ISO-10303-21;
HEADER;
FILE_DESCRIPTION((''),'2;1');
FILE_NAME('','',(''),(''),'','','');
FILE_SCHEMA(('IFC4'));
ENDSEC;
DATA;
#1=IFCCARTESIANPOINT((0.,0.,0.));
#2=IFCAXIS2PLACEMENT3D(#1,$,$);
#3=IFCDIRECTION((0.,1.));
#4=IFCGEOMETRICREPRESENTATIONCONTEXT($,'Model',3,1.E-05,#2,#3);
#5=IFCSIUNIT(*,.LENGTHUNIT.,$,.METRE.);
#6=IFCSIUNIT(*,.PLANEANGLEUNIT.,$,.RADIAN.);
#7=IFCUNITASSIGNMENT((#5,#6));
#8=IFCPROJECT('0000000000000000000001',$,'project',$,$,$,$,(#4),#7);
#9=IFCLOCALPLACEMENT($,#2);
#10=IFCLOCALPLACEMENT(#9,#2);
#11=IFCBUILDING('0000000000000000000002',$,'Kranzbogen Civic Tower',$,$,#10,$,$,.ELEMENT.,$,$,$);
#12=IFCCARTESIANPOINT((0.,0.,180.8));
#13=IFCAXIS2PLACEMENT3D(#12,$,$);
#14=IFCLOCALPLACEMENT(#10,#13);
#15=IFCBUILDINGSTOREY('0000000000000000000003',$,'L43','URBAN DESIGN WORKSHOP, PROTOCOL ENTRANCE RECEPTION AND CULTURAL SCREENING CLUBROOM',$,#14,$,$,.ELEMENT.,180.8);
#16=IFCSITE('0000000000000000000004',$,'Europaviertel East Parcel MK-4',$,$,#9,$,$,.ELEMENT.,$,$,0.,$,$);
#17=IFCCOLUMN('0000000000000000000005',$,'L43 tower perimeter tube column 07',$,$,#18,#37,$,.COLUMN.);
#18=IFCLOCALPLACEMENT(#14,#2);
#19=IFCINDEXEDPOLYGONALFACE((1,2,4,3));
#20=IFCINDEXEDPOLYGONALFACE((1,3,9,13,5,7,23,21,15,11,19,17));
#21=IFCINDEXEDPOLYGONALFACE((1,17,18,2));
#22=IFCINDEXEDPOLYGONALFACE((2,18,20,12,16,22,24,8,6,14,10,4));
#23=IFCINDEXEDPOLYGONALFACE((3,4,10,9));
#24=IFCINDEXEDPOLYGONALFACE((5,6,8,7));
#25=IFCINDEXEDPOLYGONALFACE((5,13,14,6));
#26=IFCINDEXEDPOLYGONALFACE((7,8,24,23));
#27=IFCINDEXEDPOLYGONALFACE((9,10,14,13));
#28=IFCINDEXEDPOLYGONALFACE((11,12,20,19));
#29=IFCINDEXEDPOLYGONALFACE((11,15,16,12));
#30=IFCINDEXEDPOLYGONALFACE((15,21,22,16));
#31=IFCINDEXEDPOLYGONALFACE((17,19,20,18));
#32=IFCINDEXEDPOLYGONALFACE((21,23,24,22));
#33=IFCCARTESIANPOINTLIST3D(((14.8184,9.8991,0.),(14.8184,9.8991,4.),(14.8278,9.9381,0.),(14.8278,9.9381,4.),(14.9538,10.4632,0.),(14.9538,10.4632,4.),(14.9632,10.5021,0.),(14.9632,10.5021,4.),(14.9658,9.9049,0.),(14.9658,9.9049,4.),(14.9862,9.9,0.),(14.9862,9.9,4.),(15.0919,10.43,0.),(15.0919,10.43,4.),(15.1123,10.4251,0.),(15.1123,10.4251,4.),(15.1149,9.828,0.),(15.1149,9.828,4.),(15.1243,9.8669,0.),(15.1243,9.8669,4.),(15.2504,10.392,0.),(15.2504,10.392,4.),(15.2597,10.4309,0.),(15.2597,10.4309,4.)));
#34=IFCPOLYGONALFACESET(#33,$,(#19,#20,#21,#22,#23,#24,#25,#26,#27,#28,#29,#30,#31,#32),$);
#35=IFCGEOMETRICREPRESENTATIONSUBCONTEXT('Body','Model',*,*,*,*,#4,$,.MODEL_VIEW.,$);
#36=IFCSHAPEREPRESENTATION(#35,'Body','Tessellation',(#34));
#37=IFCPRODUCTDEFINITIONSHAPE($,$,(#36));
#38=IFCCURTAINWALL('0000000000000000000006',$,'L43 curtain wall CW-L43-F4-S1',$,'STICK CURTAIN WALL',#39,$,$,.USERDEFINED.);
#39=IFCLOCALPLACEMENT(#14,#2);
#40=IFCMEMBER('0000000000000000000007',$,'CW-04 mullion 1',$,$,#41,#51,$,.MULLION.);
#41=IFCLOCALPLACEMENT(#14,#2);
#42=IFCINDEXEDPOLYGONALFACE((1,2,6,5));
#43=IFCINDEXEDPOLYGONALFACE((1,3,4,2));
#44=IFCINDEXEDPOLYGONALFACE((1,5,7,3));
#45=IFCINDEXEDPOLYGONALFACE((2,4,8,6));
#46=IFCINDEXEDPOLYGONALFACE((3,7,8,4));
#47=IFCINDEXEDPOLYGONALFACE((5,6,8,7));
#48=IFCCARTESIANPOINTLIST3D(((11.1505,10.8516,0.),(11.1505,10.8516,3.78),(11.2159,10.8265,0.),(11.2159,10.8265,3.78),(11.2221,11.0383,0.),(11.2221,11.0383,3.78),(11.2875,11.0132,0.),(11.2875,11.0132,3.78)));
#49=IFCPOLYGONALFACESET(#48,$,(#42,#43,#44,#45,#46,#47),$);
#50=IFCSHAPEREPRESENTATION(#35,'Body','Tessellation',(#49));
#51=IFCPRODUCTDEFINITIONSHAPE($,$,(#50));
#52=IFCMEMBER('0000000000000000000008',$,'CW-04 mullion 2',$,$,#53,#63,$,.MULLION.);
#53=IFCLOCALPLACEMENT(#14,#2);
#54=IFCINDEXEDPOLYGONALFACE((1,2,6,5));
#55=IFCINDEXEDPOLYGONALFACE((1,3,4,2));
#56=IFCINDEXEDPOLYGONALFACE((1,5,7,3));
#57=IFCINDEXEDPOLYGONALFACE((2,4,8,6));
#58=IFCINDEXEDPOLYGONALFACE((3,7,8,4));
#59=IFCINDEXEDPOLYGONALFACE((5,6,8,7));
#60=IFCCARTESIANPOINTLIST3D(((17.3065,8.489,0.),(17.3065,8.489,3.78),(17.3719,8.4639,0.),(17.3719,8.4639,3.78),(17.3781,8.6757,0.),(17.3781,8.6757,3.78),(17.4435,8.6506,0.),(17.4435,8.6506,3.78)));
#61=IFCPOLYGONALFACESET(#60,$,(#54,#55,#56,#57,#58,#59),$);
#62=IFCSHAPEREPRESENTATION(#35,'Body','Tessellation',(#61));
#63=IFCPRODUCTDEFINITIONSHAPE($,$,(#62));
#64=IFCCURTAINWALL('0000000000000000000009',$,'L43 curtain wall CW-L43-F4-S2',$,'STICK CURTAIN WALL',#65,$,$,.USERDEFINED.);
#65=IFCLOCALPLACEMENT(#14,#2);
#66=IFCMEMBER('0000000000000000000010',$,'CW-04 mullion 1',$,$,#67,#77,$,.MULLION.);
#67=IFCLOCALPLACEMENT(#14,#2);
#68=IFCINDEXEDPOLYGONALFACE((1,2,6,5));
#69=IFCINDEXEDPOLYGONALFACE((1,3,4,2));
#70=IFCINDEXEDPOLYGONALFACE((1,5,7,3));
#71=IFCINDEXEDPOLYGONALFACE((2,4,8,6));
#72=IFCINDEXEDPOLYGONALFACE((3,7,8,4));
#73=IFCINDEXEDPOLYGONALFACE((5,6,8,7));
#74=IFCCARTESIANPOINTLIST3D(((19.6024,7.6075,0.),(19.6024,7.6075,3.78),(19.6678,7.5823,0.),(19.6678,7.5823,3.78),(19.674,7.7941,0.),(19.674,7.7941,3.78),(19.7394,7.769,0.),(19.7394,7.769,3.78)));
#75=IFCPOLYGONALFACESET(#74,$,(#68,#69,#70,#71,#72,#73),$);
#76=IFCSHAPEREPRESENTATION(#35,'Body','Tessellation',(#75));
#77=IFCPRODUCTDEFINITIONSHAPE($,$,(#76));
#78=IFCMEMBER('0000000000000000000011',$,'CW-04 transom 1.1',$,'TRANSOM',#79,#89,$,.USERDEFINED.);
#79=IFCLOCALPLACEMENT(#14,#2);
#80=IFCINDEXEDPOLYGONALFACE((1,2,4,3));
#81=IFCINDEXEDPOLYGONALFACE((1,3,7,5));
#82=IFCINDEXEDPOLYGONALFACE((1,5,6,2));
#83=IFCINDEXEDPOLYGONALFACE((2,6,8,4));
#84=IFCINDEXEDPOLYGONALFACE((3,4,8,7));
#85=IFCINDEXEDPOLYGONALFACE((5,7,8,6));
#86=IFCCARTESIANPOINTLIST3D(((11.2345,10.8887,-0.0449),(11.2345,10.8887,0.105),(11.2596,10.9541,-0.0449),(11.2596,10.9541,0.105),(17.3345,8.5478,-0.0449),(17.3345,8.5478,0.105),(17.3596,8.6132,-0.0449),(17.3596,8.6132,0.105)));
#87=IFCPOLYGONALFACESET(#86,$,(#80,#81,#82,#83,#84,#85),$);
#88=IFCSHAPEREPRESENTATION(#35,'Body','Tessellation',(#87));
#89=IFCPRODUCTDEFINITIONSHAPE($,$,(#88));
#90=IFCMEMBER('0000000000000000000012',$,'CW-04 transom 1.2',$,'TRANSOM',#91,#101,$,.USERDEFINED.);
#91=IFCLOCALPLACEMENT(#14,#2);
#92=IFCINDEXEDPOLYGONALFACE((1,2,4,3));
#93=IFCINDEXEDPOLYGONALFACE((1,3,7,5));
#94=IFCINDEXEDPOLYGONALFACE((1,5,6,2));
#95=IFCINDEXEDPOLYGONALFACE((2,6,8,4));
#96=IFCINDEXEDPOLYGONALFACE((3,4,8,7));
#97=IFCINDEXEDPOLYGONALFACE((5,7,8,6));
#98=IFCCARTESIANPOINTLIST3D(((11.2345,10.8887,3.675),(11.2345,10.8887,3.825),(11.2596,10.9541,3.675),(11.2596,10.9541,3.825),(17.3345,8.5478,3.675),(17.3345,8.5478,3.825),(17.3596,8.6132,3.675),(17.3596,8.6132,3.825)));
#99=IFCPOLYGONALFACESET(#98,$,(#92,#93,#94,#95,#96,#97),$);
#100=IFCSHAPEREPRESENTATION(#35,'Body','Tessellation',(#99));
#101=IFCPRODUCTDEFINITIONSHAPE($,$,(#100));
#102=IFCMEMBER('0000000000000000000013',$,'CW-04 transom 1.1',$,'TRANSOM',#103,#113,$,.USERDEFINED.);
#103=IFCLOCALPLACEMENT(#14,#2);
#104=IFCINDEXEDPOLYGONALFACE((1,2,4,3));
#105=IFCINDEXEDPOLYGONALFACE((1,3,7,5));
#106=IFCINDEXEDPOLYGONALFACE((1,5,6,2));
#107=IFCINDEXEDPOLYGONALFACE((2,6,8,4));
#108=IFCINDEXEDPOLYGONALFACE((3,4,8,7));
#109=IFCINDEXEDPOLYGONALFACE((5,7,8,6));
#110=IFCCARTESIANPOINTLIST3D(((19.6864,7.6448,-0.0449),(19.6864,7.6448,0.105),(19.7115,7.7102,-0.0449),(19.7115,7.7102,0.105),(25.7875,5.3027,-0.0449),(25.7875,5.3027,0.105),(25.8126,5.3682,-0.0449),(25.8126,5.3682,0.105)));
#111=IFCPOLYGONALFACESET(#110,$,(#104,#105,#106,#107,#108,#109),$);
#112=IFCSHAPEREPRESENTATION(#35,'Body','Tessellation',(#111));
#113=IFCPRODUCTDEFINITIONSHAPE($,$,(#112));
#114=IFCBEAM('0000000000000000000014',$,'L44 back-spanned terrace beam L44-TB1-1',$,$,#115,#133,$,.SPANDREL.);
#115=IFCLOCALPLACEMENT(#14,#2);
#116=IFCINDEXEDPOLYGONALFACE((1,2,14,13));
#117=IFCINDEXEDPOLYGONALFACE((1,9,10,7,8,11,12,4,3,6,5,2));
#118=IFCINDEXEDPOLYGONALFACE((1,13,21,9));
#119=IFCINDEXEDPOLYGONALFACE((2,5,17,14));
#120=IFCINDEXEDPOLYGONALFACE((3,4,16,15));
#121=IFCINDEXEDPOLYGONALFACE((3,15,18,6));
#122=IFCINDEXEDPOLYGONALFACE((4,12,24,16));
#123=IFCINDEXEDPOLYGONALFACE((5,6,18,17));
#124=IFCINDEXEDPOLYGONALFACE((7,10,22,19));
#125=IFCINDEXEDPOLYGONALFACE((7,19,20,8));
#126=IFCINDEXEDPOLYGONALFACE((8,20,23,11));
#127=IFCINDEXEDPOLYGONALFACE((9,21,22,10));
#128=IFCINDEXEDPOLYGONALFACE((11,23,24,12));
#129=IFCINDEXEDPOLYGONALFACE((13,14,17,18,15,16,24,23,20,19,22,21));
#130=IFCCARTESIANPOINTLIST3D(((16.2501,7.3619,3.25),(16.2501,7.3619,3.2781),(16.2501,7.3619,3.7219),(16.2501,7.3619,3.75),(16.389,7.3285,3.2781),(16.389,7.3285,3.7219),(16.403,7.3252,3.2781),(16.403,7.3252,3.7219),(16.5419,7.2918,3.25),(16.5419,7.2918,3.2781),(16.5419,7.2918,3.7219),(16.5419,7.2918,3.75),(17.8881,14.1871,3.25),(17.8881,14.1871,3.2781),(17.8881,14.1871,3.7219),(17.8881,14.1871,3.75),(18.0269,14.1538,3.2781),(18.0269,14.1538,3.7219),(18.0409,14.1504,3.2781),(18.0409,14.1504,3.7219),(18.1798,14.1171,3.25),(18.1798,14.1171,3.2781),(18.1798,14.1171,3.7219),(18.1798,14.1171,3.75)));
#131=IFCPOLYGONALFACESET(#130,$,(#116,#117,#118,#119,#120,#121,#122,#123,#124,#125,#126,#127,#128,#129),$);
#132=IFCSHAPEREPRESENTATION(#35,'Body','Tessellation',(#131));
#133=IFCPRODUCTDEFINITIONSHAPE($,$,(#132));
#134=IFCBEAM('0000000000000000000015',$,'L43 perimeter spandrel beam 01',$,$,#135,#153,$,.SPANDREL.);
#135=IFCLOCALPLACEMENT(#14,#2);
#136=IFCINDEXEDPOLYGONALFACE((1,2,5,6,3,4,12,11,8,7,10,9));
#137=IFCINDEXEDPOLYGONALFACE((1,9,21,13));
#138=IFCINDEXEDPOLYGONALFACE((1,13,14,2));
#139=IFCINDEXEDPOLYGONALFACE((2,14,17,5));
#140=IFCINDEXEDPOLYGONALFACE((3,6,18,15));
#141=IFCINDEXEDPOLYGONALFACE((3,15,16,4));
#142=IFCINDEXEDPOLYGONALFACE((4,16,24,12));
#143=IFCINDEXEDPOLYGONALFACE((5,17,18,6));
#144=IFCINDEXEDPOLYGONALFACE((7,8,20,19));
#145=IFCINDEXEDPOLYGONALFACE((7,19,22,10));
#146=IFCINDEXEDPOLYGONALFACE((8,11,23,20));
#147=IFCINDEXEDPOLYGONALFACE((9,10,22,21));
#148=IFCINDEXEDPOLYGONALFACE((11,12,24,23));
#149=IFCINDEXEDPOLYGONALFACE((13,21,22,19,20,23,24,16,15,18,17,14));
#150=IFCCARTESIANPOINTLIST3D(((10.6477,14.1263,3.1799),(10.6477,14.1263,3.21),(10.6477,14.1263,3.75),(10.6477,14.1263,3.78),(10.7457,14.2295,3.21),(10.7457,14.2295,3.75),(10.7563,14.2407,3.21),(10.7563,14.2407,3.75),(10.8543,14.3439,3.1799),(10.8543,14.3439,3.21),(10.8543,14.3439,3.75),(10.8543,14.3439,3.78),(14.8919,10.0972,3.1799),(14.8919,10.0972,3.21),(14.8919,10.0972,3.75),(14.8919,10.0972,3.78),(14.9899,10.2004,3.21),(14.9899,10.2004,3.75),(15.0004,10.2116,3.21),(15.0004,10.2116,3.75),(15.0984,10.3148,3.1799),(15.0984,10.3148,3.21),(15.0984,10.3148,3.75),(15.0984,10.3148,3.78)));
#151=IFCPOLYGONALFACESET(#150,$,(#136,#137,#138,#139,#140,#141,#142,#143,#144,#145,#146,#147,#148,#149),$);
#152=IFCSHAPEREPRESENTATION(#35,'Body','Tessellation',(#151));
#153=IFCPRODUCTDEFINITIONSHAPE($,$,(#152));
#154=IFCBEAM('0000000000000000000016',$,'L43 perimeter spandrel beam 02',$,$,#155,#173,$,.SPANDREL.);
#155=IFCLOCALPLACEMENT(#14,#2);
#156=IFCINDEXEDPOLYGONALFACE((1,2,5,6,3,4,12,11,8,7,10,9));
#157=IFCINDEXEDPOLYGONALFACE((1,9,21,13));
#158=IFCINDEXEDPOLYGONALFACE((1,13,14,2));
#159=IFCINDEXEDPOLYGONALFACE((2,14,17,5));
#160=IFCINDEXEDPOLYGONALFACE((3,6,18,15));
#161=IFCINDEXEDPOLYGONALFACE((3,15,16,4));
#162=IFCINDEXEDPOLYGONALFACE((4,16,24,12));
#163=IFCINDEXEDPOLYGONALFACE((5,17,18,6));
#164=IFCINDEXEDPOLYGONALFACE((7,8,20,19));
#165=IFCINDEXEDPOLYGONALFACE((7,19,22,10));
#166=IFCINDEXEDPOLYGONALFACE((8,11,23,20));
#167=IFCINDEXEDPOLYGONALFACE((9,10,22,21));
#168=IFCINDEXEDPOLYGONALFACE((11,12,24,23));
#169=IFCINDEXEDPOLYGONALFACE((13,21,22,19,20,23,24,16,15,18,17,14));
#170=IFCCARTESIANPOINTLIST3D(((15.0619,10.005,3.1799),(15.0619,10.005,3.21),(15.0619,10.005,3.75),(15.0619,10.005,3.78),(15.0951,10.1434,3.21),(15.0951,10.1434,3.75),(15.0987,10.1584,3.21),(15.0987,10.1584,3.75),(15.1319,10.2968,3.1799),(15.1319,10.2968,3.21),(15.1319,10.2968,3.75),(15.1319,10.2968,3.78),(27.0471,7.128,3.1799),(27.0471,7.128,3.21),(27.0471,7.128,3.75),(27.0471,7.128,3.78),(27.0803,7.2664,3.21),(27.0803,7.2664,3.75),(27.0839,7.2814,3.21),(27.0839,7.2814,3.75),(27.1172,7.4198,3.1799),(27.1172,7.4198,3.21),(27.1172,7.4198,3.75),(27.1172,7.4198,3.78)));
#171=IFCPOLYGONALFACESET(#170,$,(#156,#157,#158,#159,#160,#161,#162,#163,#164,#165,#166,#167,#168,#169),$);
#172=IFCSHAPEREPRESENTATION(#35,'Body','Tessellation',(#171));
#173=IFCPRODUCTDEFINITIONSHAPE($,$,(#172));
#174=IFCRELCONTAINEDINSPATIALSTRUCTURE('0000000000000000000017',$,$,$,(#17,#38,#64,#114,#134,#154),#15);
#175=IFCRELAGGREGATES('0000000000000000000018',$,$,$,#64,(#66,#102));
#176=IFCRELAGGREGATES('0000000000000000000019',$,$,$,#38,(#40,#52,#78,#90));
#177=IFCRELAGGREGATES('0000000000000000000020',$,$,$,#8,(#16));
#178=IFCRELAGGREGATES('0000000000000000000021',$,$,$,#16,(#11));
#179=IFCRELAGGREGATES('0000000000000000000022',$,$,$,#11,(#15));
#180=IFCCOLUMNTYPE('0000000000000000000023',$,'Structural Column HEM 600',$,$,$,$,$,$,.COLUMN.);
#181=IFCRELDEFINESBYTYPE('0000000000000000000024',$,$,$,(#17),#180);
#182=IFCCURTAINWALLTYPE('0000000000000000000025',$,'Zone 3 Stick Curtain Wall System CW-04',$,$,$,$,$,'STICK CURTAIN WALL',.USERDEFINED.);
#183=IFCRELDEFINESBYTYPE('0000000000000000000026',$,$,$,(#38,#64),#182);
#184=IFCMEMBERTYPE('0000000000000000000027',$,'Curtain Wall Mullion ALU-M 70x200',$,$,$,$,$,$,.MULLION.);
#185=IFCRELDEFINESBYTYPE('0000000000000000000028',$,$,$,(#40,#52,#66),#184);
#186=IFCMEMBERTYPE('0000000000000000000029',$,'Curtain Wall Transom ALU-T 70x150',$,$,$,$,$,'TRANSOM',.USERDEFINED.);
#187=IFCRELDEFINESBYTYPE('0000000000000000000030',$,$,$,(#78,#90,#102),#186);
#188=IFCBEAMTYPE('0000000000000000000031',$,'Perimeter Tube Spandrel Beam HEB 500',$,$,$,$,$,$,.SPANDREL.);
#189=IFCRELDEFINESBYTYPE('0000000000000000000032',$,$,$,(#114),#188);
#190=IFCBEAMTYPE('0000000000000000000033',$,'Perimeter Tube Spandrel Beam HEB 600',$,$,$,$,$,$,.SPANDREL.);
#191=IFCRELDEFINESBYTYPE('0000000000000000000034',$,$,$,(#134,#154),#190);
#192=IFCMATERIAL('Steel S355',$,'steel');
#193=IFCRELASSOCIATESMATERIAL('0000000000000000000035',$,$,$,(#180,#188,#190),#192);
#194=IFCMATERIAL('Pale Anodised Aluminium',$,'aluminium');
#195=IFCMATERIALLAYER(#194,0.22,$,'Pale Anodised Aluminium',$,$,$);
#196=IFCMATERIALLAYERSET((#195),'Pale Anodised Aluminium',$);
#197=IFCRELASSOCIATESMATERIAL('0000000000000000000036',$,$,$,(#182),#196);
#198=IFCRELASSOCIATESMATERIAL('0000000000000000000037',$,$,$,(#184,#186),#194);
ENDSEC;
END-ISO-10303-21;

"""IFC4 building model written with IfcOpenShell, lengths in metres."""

from ifc_helpers import new_model, si_unit, direction, frame, origin, origin_2d, place, context, subcontext, project, spatial, rectangle, i_section, extrude, material, layer, layer_set, material_profile, profile_set, type_object, element, aggregate, save


model = new_model("IFC4")

# Units and contexts
model_context = context("Model", 3, precision=1e-05, world=origin(), true_north=direction((0.0, 1.0)))
body_context = subcontext(model_context, "Body", "Model", "MODEL_VIEW")
ifc_project = project(units=[si_unit("LENGTHUNIT", "METRE"), si_unit("PLANEANGLEUNIT", "RADIAN")], contexts=[model_context])

# Site, building, storey
site_placement = place(None, origin())
site = spatial("IfcSite", under=ifc_project, at=site_placement, Name="Europaviertel East Parcel MK-4", CompositionType="ELEMENT", RefElevation=0.0)
building_placement = place(site_placement, origin())
building = spatial("IfcBuilding", under=site, at=building_placement, Name="Kranzbogen Civic Tower", CompositionType="ELEMENT")
storey_placement = place(building_placement, frame((0.0, 0.0, 180.8)))
storey = spatial("IfcBuildingStorey", under=building, at=storey_placement, Name="L43", Description="URBAN DESIGN WORKSHOP, PROTOCOL ENTRANCE RECEPTION AND CULTURAL SCREENING CLUBROOM", CompositionType="ELEMENT", Elevation=180.8)

# Column
ifc_material_1 = material(Name="Steel S355", Category="steel")
ifc_material_profile_1 = material_profile(ifc_material_1, i_section(OverallWidth=0.3049, OverallDepth=0.6201, WebThickness=0.021, FlangeThickness=0.04, at=origin_2d()), Name="HEM 600")
ifc_profile_set_1 = profile_set([ifc_material_profile_1], Name="Steel S355")
column_type = type_object("IfcColumnType", Name="Structural Column HEM 600", PredefinedType="COLUMN", material=ifc_profile_set_1)
column_placement = place(storey_placement, frame((15.0391, 10.165, 0.0), z_axis=(0.0, 0.0, 1.0), x_axis=(-0.97237, 0.233445, 0.0)))
element("IfcColumn", 1, at=column_placement, inside=storey, type_object=column_type, Name="L43 tower perimeter tube column 07", PredefinedType="COLUMN", context=body_context, shape_type="SweptSolid", body=[
    extrude(i_section(OverallWidth=0.3049, OverallDepth=0.6201, WebThickness=0.021, FlangeThickness=0.04, at=origin_2d()), origin(), (0.0, 0.0, 1.0), 4.0),
])

# Curtain wall, members
ifc_material_2 = material(Name="Pale Anodised Aluminium", Category="aluminium")
ifc_layer_1 = layer(ifc_material_2, 0.22, Name="Pale Anodised Aluminium")
ifc_layer_set_1 = layer_set([ifc_layer_1], Name="Pale Anodised Aluminium")
curtain_wall_type = type_object("IfcCurtainWallType", Name="Zone 3 Stick Curtain Wall System CW-04", ElementType="STICK CURTAIN WALL", PredefinedType="USERDEFINED", material=ifc_layer_set_1)
curtain_wall_1_placement = place(storey_placement, origin())
curtain_wall_1 = element("IfcCurtainWall", 2, at=curtain_wall_1_placement, inside=storey, type_object=curtain_wall_type, Name="L43 curtain wall CW-L43-F4-S1", ObjectType="STICK CURTAIN WALL", PredefinedType="USERDEFINED")
ifc_material_profile_2 = material_profile(ifc_material_2, rectangle(XDim=0.0701, YDim=0.2, at=origin_2d()), Name="ALU-M 70x200")
ifc_profile_set_2 = profile_set([ifc_material_profile_2], Name="Pale Anodised Aluminium")
member_type_1 = type_object("IfcMemberType", Name="Curtain Wall Mullion ALU-M 70x200", PredefinedType="MULLION", material=ifc_profile_set_2)
member_1_placement = place(storey_placement, frame((11.219, 10.9324, 0.0), z_axis=(0.0, 0.0, 1.0), x_axis=(0.933609, -0.358294, 0.0)))
member_1 = element("IfcMember", 3, at=member_1_placement, type_object=member_type_1, Name="CW-04 mullion 1", PredefinedType="MULLION", context=body_context, shape_type="SweptSolid", body=[
    extrude(rectangle(XDim=0.0701, YDim=0.2, at=origin_2d()), origin(), (0.0, 0.0, 1.0), 3.78),
])
member_2_placement = place(storey_placement, frame((17.375, 8.5698, 0.0), z_axis=(0.0, 0.0, 1.0), x_axis=(0.933609, -0.358294, 0.0)))
member_2 = element("IfcMember", 4, at=member_2_placement, type_object=member_type_1, Name="CW-04 mullion 2", PredefinedType="MULLION", context=body_context, shape_type="SweptSolid", body=[
    extrude(rectangle(XDim=0.0701, YDim=0.2, at=origin_2d()), origin(), (0.0, 0.0, 1.0), 3.78),
])

# Curtain wall, member
curtain_wall_2_placement = place(storey_placement, origin())
curtain_wall_2 = element("IfcCurtainWall", 5, at=curtain_wall_2_placement, inside=storey, type_object=curtain_wall_type, Name="L43 curtain wall CW-L43-F4-S2", ObjectType="STICK CURTAIN WALL", PredefinedType="USERDEFINED")
member_3_placement = place(storey_placement, frame((19.6709, 7.6882, 0.0), z_axis=(0.0, 0.0, 1.0), x_axis=(0.933578, -0.358375, 0.0)))
member_3 = element("IfcMember", 6, at=member_3_placement, type_object=member_type_1, Name="CW-04 mullion 1", PredefinedType="MULLION", context=body_context, shape_type="SweptSolid", body=[
    extrude(rectangle(XDim=0.0701, YDim=0.2, at=origin_2d()), origin(), (0.0, 0.0, 1.0), 3.78),
])

# Members
ifc_material_profile_3 = material_profile(ifc_material_2, rectangle(XDim=0.0701, YDim=0.1499, at=origin_2d()), Name="ALU-T 70x150")
ifc_profile_set_3 = profile_set([ifc_material_profile_3], Name="Pale Anodised Aluminium")
member_type_2 = type_object("IfcMemberType", Name="Curtain Wall Transom ALU-T 70x150", ElementType="TRANSOM", PredefinedType="USERDEFINED", material=ifc_profile_set_3)
member_4_placement = place(storey_placement, frame((11.2471, 10.9214, 0.03), z_axis=(0.933616, -0.358275, 0.0), x_axis=(0.358275, 0.933616, 0.0)))
member_4 = element("IfcMember", 7, at=member_4_placement, type_object=member_type_2, Name="CW-04 transom 1.1", ObjectType="TRANSOM", PredefinedType="USERDEFINED", context=body_context, shape_type="SweptSolid", body=[
    extrude(rectangle(XDim=0.0701, YDim=0.1499, at=origin_2d()), origin(), (0.0, 0.0, 1.0), 6.5337),
])
member_5_placement = place(storey_placement, frame((11.2471, 10.9214, 3.75), z_axis=(0.933616, -0.358275, 0.0), x_axis=(0.358275, 0.933616, 0.0)))
member_5 = element("IfcMember", 8, at=member_5_placement, type_object=member_type_2, Name="CW-04 transom 1.2", ObjectType="TRANSOM", PredefinedType="USERDEFINED", context=body_context, shape_type="SweptSolid", body=[
    extrude(rectangle(XDim=0.0701, YDim=0.1499, at=origin_2d()), origin(), (0.0, 0.0, 1.0), 6.5337),
])
member_6_placement = place(storey_placement, frame((19.699, 7.6775, 0.03), z_axis=(0.933577, -0.358376, 0.0), x_axis=(0.358376, 0.933577, 0.0)))
member_6 = element("IfcMember", 9, at=member_6_placement, type_object=member_type_2, Name="CW-04 transom 1.1", ObjectType="TRANSOM", PredefinedType="USERDEFINED", context=body_context, shape_type="SweptSolid", body=[
    extrude(rectangle(XDim=0.0701, YDim=0.1499, at=origin_2d()), origin(), (0.0, 0.0, 1.0), 6.5352),
])
aggregate(curtain_wall_2, [member_3, member_6])

# Beams
ifc_material_profile_4 = material_profile(ifc_material_1, i_section(OverallWidth=0.3, OverallDepth=0.5, WebThickness=0.0144, FlangeThickness=0.0281, at=origin_2d()), Name="HEB 500")
ifc_profile_set_4 = profile_set([ifc_material_profile_4], Name="Steel S355")
beam_type_1 = type_object("IfcBeamType", Name="Perimeter Tube Spandrel Beam HEB 500", PredefinedType="SPANDREL", material=ifc_profile_set_4)
beam_1_placement = place(storey_placement, frame((18.0339, 14.1521, 3.5), z_axis=(-0.233358, -0.972391, 0.0), x_axis=(0.972391, -0.233358, 0.0)))
element("IfcBeam", 10, at=beam_1_placement, inside=storey, type_object=beam_type_1, Name="L44 back-spanned terrace beam L44-TB1-1", PredefinedType="SPANDREL", context=body_context, shape_type="SweptSolid", body=[
    extrude(i_section(OverallWidth=0.3, OverallDepth=0.5, WebThickness=0.0144, FlangeThickness=0.0281, at=origin_2d()), origin(), (0.0, 0.0, 1.0), 7.019),
])
ifc_material_profile_5 = material_profile(ifc_material_1, i_section(OverallWidth=0.3, OverallDepth=0.6001, WebThickness=0.0154, FlangeThickness=0.03, at=origin_2d()), Name="HEB 600")
ifc_profile_set_5 = profile_set([ifc_material_profile_5], Name="Steel S355")
beam_type_2 = type_object("IfcBeamType", Name="Perimeter Tube Spandrel Beam HEB 600", PredefinedType="SPANDREL", material=ifc_profile_set_5)
beam_2_placement = place(storey_placement, frame((10.751, 14.2351, 3.48), z_axis=(0.725245, -0.688491, 0.0), x_axis=(0.688491, 0.725245, 0.0)))
element("IfcBeam", 11, at=beam_2_placement, inside=storey, type_object=beam_type_2, Name="L43 perimeter spandrel beam 01", PredefinedType="SPANDREL", context=body_context, shape_type="SweptSolid", body=[
    extrude(i_section(OverallWidth=0.3, OverallDepth=0.6001, WebThickness=0.0154, FlangeThickness=0.03, at=origin_2d()), origin(), (0.0, 0.0, 1.0), 5.8521),
])
beam_3_placement = place(storey_placement, frame((15.0969, 10.1509, 3.48), z_axis=(0.972378, -0.233413, 0.0), x_axis=(0.233413, 0.972378, 0.0)))
element("IfcBeam", 12, at=beam_3_placement, inside=storey, type_object=beam_type_2, Name="L43 perimeter spandrel beam 02", PredefinedType="SPANDREL", context=body_context, shape_type="SweptSolid", body=[
    extrude(i_section(OverallWidth=0.3, OverallDepth=0.6001, WebThickness=0.0154, FlangeThickness=0.03, at=origin_2d()), origin(), (0.0, 0.0, 1.0), 12.3257),
])

aggregate(curtain_wall_1, [member_1, member_2, member_4, member_5])

save(model, "model.ifc")
